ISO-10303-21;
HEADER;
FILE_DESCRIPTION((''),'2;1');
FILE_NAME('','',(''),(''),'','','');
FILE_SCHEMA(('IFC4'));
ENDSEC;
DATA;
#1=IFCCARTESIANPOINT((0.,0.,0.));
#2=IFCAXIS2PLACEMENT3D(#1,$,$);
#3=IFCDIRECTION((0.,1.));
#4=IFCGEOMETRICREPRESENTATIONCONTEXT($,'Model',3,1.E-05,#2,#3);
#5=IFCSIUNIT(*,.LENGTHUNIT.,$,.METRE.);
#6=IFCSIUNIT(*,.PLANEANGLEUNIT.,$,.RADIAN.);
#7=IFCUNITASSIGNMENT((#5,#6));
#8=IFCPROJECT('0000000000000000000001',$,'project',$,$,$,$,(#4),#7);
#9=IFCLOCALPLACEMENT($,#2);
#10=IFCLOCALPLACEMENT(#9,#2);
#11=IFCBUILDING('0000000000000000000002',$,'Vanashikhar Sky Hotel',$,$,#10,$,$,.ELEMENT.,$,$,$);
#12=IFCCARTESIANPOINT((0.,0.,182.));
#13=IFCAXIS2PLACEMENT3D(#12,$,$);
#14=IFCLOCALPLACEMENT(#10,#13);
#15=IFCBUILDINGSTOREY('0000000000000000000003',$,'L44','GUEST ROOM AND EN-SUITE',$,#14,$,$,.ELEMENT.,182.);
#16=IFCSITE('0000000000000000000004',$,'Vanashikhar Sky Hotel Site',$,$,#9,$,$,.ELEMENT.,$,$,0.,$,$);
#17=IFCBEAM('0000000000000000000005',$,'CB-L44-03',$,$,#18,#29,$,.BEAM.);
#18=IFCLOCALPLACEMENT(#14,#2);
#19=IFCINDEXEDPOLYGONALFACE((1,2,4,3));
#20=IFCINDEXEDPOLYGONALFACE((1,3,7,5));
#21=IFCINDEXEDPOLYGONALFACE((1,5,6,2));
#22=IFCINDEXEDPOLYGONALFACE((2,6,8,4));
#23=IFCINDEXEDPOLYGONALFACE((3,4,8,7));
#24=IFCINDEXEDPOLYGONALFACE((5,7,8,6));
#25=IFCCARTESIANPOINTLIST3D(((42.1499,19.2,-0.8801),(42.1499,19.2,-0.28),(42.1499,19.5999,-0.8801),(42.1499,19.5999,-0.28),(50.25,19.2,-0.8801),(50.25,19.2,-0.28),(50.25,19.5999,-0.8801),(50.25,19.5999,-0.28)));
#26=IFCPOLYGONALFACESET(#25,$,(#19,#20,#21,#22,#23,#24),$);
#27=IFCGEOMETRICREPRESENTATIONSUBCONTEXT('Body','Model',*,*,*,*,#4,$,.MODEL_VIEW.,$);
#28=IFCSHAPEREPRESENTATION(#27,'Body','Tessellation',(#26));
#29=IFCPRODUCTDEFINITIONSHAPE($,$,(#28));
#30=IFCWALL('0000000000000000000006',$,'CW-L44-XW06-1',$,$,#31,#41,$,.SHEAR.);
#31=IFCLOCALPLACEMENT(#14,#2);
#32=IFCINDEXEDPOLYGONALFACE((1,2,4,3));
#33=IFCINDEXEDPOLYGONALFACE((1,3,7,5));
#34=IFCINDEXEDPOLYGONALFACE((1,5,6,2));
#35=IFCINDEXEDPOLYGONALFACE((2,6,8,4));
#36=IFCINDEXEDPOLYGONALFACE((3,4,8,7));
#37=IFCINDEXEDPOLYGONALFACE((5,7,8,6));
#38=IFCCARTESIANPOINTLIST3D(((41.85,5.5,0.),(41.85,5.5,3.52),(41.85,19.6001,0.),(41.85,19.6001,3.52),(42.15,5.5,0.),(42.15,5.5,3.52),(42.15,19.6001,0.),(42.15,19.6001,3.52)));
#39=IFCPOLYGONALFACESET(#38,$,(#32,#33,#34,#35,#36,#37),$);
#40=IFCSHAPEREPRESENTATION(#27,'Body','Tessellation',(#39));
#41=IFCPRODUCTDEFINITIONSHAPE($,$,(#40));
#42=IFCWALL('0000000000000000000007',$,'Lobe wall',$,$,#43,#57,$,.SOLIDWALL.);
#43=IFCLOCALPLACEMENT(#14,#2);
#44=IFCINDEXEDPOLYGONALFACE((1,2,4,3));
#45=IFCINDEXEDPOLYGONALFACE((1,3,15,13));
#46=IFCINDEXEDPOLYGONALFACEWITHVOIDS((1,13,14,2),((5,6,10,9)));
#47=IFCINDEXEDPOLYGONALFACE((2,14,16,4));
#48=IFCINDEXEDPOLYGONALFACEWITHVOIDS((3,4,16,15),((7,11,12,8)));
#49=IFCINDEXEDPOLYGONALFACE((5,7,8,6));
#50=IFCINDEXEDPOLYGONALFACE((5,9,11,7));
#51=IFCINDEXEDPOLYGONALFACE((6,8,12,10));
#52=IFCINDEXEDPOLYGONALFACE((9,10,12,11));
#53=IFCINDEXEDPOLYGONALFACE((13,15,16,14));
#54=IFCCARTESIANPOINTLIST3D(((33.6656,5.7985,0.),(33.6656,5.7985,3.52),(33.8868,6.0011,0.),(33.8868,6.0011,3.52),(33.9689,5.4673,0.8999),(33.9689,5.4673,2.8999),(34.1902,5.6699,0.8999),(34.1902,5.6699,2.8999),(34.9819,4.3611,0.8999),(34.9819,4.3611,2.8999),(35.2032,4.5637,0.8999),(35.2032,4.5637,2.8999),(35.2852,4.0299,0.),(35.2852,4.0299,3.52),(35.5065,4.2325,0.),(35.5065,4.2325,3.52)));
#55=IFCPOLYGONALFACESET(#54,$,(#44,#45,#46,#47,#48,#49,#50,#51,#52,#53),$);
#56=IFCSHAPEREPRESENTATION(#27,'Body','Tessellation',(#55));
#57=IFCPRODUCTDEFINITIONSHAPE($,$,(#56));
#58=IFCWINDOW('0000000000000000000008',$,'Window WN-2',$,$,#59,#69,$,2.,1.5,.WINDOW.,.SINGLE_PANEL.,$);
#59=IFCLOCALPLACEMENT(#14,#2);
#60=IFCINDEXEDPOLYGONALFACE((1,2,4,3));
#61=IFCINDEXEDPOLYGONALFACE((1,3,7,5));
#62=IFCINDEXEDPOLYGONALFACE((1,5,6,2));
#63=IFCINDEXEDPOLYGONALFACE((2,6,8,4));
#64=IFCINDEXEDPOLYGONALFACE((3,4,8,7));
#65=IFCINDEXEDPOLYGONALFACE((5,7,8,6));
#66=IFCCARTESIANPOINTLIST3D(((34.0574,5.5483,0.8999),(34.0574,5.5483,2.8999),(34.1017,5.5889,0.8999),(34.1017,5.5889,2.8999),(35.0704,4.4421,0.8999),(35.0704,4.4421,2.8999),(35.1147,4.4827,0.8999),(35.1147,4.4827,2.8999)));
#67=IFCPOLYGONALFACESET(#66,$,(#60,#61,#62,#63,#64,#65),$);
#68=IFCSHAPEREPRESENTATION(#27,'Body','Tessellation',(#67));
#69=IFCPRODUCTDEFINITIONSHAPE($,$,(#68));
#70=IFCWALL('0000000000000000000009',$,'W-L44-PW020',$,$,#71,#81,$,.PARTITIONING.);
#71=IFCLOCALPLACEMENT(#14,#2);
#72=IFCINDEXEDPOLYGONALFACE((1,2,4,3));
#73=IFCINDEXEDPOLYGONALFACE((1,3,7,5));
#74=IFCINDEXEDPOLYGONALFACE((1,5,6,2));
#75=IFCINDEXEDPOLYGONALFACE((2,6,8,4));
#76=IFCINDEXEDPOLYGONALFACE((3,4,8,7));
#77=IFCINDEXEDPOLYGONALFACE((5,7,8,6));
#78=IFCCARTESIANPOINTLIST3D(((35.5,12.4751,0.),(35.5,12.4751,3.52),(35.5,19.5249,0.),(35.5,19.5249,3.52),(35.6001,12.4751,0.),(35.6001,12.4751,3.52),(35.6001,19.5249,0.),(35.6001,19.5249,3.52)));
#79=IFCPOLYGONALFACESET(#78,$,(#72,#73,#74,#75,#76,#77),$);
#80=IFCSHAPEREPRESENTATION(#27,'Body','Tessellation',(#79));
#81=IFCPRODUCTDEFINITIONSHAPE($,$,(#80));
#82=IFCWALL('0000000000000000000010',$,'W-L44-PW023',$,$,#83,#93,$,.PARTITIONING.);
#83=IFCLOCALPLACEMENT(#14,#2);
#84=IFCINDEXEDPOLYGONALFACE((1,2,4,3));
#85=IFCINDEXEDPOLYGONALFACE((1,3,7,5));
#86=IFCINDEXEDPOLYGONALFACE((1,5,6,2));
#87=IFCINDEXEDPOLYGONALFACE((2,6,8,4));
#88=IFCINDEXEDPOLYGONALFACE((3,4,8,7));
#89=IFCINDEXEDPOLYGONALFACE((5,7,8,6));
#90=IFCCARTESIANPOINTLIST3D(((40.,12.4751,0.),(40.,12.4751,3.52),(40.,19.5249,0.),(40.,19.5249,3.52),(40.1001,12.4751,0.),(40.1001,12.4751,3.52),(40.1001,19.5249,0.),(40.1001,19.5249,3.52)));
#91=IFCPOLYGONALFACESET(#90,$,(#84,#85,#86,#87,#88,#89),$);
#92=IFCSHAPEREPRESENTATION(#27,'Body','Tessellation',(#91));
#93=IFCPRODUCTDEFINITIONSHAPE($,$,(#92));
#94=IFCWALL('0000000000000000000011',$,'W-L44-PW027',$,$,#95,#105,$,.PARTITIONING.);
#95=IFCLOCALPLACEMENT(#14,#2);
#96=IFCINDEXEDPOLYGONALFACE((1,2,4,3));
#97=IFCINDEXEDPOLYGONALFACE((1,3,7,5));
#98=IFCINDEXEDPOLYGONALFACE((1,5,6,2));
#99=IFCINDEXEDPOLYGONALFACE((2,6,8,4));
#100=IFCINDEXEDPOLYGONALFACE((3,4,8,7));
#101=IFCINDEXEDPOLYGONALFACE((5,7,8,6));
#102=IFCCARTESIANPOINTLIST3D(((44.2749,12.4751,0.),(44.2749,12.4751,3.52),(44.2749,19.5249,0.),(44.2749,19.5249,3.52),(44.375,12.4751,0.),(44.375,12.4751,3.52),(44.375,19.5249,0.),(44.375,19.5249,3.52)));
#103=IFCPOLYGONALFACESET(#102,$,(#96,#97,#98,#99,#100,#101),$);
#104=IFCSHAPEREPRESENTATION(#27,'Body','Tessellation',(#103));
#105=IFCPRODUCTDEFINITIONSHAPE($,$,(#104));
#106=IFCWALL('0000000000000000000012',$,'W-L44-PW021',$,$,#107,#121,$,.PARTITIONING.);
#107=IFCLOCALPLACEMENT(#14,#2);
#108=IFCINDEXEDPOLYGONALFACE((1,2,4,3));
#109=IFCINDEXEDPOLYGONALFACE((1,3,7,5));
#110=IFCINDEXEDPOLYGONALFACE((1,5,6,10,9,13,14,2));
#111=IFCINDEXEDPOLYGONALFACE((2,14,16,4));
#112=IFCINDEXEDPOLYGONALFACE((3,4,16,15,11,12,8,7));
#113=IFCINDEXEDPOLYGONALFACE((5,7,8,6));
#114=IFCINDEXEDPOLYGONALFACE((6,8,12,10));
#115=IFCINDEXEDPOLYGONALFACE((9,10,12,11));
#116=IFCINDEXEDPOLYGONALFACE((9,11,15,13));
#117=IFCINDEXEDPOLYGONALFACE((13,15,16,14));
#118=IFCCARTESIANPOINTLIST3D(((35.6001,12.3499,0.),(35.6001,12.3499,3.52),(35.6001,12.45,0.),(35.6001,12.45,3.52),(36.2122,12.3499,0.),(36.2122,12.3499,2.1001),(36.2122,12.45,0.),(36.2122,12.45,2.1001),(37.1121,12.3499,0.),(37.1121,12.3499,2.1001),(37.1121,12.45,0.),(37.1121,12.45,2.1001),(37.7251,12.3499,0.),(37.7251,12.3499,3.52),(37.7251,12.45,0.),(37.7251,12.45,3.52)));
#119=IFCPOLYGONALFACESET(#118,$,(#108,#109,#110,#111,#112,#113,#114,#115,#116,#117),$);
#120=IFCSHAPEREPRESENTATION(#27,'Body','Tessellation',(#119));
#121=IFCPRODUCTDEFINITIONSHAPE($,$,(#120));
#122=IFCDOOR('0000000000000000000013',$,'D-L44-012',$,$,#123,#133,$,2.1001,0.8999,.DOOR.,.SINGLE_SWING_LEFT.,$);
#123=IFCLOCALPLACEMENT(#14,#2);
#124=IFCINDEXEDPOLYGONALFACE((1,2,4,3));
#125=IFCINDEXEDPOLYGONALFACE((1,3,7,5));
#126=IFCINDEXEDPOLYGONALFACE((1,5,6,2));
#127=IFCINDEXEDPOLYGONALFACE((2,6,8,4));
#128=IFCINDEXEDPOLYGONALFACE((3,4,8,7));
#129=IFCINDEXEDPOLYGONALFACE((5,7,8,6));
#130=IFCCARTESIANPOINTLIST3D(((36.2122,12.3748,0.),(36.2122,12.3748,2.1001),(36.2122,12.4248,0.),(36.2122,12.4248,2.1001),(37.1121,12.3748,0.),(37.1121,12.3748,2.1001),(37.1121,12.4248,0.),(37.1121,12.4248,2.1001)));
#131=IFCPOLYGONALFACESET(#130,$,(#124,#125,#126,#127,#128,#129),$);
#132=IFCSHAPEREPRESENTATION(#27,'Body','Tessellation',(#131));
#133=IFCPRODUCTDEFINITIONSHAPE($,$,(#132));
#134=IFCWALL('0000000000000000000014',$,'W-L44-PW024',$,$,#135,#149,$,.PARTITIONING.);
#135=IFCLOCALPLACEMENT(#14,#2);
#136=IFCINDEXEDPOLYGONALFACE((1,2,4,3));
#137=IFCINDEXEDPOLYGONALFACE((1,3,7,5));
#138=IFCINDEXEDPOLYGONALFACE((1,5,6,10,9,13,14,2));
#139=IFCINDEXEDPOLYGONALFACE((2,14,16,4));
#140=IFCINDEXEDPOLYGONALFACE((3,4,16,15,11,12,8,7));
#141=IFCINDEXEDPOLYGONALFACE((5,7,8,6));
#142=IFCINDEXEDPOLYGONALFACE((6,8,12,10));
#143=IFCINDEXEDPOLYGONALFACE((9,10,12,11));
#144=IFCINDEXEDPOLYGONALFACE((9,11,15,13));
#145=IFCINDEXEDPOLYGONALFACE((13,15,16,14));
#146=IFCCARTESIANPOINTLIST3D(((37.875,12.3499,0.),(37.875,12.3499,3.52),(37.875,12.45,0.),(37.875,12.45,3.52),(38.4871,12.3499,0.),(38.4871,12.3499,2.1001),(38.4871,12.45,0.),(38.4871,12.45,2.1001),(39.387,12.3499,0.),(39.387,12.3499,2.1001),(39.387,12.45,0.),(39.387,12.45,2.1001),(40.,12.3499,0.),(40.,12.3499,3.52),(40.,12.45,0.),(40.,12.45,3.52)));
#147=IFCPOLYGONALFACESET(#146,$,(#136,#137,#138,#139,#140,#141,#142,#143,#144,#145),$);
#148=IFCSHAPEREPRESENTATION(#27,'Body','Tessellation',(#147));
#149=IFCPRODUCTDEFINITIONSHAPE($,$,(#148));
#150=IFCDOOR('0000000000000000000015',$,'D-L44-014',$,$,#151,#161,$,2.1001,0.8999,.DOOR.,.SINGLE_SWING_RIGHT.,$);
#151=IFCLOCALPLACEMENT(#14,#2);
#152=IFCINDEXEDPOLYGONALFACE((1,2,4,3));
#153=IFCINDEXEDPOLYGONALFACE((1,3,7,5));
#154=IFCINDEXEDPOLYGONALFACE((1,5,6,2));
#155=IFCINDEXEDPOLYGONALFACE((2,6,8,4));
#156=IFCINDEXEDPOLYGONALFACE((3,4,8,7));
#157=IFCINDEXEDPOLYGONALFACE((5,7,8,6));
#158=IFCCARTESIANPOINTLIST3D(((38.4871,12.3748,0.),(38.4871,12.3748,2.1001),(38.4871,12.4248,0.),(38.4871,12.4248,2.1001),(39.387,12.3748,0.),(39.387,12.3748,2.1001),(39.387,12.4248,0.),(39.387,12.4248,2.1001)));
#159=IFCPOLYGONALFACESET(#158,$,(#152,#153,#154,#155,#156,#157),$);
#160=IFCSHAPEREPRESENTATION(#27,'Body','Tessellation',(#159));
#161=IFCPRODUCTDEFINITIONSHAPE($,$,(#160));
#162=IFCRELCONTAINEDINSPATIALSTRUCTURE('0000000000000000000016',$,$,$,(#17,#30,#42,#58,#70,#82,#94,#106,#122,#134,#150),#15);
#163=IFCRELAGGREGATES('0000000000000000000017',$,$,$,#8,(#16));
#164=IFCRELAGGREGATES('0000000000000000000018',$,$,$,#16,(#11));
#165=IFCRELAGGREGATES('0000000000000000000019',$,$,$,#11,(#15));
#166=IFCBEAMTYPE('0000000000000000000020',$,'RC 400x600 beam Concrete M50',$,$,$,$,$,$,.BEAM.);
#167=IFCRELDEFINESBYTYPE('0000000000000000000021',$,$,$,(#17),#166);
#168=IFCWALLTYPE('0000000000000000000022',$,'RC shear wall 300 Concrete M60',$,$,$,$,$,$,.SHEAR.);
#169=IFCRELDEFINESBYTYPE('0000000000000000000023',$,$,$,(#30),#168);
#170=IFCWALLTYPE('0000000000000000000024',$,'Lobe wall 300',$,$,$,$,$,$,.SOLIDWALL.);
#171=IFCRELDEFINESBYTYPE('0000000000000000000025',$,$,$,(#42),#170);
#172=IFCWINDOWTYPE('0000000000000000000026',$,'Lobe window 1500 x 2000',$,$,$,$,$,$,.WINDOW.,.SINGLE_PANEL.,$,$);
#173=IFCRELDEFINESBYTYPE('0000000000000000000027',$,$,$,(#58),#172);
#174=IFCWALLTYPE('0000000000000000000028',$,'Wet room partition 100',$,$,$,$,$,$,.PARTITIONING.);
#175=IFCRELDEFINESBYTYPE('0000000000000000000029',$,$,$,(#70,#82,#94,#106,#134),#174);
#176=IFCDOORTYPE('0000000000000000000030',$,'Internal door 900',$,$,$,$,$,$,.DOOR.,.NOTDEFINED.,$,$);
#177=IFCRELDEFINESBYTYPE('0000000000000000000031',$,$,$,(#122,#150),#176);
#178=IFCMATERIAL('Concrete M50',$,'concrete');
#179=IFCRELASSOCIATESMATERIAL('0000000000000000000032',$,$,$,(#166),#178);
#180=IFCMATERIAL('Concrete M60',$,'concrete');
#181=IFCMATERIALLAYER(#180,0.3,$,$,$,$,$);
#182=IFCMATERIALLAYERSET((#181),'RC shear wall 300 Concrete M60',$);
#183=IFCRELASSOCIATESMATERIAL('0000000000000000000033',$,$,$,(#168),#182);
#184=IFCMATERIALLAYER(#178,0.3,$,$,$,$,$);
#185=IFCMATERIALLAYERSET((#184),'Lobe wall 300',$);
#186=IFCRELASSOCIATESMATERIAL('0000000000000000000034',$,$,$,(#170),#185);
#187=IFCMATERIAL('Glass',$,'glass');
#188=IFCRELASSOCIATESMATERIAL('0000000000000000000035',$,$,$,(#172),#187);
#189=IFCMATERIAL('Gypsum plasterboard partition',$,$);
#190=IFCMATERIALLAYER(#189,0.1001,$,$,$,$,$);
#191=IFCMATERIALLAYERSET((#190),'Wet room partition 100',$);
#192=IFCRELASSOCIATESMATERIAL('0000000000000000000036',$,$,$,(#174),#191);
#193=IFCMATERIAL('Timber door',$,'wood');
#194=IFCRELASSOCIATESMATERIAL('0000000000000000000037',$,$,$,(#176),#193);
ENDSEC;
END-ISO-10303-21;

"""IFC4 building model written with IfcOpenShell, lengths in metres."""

from ifc_helpers import new_model, si_unit, direction, frame, frame_2d, origin, origin_2d, place, context, subcontext, project, spatial, rectangle, extrude, source, transform, mapped, material, layer, layer_set, material_profile, profile_set, type_object, element, fill, save


model = new_model("IFC4")

# Units and contexts
model_context = context("Model", 3, precision=1e-05, world=origin(), true_north=direction((0.0, 1.0)))
body_context = subcontext(model_context, "Body", "Model", "MODEL_VIEW")
ifc_project = project(units=[si_unit("LENGTHUNIT", "METRE"), si_unit("PLANEANGLEUNIT", "RADIAN")], contexts=[model_context])

# Site, building, storey
site_placement = place(None, origin())
site = spatial("IfcSite", under=ifc_project, at=site_placement, Name="Vanashikhar Sky Hotel Site", CompositionType="ELEMENT", RefElevation=0.0)
building_placement = place(site_placement, origin())
building = spatial("IfcBuilding", under=site, at=building_placement, Name="Vanashikhar Sky Hotel", CompositionType="ELEMENT")
storey_placement = place(building_placement, frame((0.0, 0.0, 182.0)))
storey = spatial("IfcBuildingStorey", under=building, at=storey_placement, Name="L44", Description="GUEST ROOM AND EN-SUITE", CompositionType="ELEMENT", Elevation=182.0)

# Beam
ifc_material_1 = material(Name="Concrete M50", Category="concrete")
ifc_material_profile = material_profile(ifc_material_1, rectangle(XDim=0.3999, YDim=0.6001, at=origin_2d()))
ifc_profile_set = profile_set([ifc_material_profile], Name="RC 400x600 beam Concrete M50")
beam_type = type_object("IfcBeamType", Name="RC 400x600 beam Concrete M50", PredefinedType="BEAM", material=ifc_profile_set)
shared_shape_1 = source(origin(), body_context, "Body", "SweptSolid", [
    extrude(rectangle(XDim=0.3999, YDim=0.6001, at=origin_2d()), origin(), (0.0, 0.0, 1.0), 8.1001),
])
beam_placement = place(storey_placement, frame((42.1499, 19.3999, -0.5801), z_axis=(1.0, 0.0, 0.0), x_axis=(0.0, 1.0, 0.0)))
element("IfcBeam", 1, at=beam_placement, inside=storey, type_object=beam_type, Name="CB-L44-03", PredefinedType="BEAM", context=body_context, shape_type="MappedRepresentation", body=[
    mapped(shared_shape_1, transform((0.0, 0.0, 0.0), scale=1.0)),
])

# Wall
ifc_material_2 = material(Name="Concrete M60", Category="concrete")
ifc_layer_1 = layer(ifc_material_2, 0.3)
ifc_layer_set_1 = layer_set([ifc_layer_1], Name="RC shear wall 300 Concrete M60")
wall_type_1 = type_object("IfcWallType", Name="RC shear wall 300 Concrete M60", PredefinedType="SHEAR", material=ifc_layer_set_1)
shared_shape_2 = source(origin(), body_context, "Body", "SweptSolid", [
    extrude(rectangle(XDim=14.1001, YDim=0.3, at=frame_2d((7.05, 0.0))), origin(), (0.0, 0.0, 1.0), 3.52),
])
wall_1_placement = place(storey_placement, frame((42.0, 5.5, 0.0), z_axis=(0.0, 0.0, 1.0), x_axis=(0.0, 1.0, 0.0)))
element("IfcWall", 2, at=wall_1_placement, inside=storey, type_object=wall_type_1, Name="CW-L44-XW06-1", PredefinedType="SHEAR", context=body_context, shape_type="MappedRepresentation", body=[
    mapped(shared_shape_2, transform((0.0, 0.0, 0.0), scale=1.0)),
])

# Wall, opening, window
ifc_layer_2 = layer(ifc_material_1, 0.3)
ifc_layer_set_2 = layer_set([ifc_layer_2], Name="Lobe wall 300")
wall_type_2 = type_object("IfcWallType", Name="Lobe wall 300", PredefinedType="SOLIDWALL", material=ifc_layer_set_2)
shared_shape_3 = source(origin(), body_context, "Body", "SweptSolid", [
    extrude(rectangle(XDim=2.3982, YDim=0.3, at=frame_2d((1.1992, 0.0))), origin(), (0.0, 0.0, 1.0), 3.52),
])
wall_2_placement = place(storey_placement, frame((33.7761, 5.8999, 0.0), z_axis=(0.0, 0.0, 1.0), x_axis=(0.675374, -0.737475, 0.0)))
wall_2 = element("IfcWall", 3, at=wall_2_placement, inside=storey, type_object=wall_type_2, Name="Lobe wall", PredefinedType="SOLIDWALL", context=body_context, shape_type="MappedRepresentation", body=[
    mapped(shared_shape_3, transform((0.0, 0.0, 0.0), scale=1.0)),
])
shared_shape_4 = source(origin(), body_context, "Body", "SweptSolid", [
    extrude(rectangle(XDim=1.5, YDim=2.0, at=frame_2d((0.75, 1.0))), frame((0.0, 0.1602, 0.0), z_axis=(0.0, -1.0, 0.0), x_axis=(1.0, 0.0, 0.0)), (0.0, 0.0, 1.0), 0.3201),
])
opening_1_placement = place(wall_2_placement, frame((0.4492, 0.0, 0.8999)))
opening_1 = element("IfcOpeningElement", 4, at=opening_1_placement, cuts=wall_2, PredefinedType="OPENING", context=body_context, shape_type="MappedRepresentation", body=[
    mapped(shared_shape_4, transform((0.0, 0.0, 0.0), scale=1.0)),
])
ifc_material_3 = material(Name="Glass", Category="glass")
window_type = type_object("IfcWindowType", Name="Lobe window 1500 x 2000", PartitioningType="SINGLE_PANEL", PredefinedType="WINDOW", material=ifc_material_3)
shared_shape_5 = source(origin(), body_context, "Body", "SweptSolid", [
    extrude(rectangle(XDim=1.5, YDim=2.0, at=frame_2d((0.75, 1.0))), frame((0.0, 0.03, 0.0), z_axis=(0.0, -1.0, 0.0), x_axis=(1.0, 0.0, 0.0)), (0.0, 0.0, 1.0), 0.0601),
])
window_placement = place(opening_1_placement, origin())
window = element("IfcWindow", 5, at=window_placement, inside=storey, type_object=window_type, Name="Window WN-2", OverallHeight=2.0, OverallWidth=1.5, PartitioningType="SINGLE_PANEL", PredefinedType="WINDOW", context=body_context, shape_type="MappedRepresentation", body=[
    mapped(shared_shape_5, transform((0.0, 0.0, 0.0), scale=1.0)),
])
fill(opening_1, window)

# Walls
ifc_material_4 = material(Name="Gypsum plasterboard partition")
ifc_layer_3 = layer(ifc_material_4, 0.1001)
ifc_layer_set_3 = layer_set([ifc_layer_3], Name="Wet room partition 100")
wall_type_3 = type_object("IfcWallType", Name="Wet room partition 100", PredefinedType="PARTITIONING", material=ifc_layer_set_3)
shared_shape_6 = source(origin(), body_context, "Body", "SweptSolid", [
    extrude(rectangle(XDim=7.0498, YDim=0.1001, at=frame_2d((3.5249, 0.0))), origin(), (0.0, 0.0, 1.0), 3.52),
])
for number, where, z_axis, x_axis, name in (
    (6, (35.55, 12.4751, 0.0), (0.0, 0.0, 1.0), (0.0, 1.0, 0.0), "W-L44-PW020"),
    (7, (40.05, 12.4751, 0.0), (0.0, 0.0, 1.0), (0.0, 1.0, 0.0), "W-L44-PW023"),
    (8, (44.325, 12.4751, 0.0), (0.0, 0.0, 1.0), (0.0, 1.0, 0.0), "W-L44-PW027"),
):
    element("IfcWall", number, at=place(storey_placement, frame(where, z_axis=z_axis, x_axis=x_axis)), inside=storey, type_object=wall_type_3, Name=name, PredefinedType="PARTITIONING", context=body_context, shape_type="MappedRepresentation", body=[
        mapped(shared_shape_6, transform((0.0, 0.0, 0.0), scale=1.0)),
    ])

# Walls, openings, doors
shared_shape_7 = source(origin(), body_context, "Body", "SweptSolid", [
    extrude(rectangle(XDim=2.125, YDim=0.1001, at=frame_2d((1.0625, 0.0))), origin(), (0.0, 0.0, 1.0), 3.52),
])
wall_3_placement = place(storey_placement, frame((35.6001, 12.3999, 0.0), z_axis=(0.0, 0.0, 1.0), x_axis=(1.0, 0.0, 0.0)))
wall_3 = element("IfcWall", 9, at=wall_3_placement, inside=storey, type_object=wall_type_3, Name="W-L44-PW021", PredefinedType="PARTITIONING", context=body_context, shape_type="MappedRepresentation", body=[
    mapped(shared_shape_7, transform((0.0, 0.0, 0.0), scale=1.0)),
])
shared_shape_8 = source(origin(), body_context, "Body", "SweptSolid", [
    extrude(rectangle(XDim=0.8999, YDim=2.1001, at=frame_2d((0.45, 1.05))), frame((0.0, 0.0601, 0.0), z_axis=(0.0, -1.0, 0.0), x_axis=(1.0, 0.0, 0.0)), (0.0, 0.0, 1.0), 0.1201),
])
opening_2_placement = place(wall_3_placement, frame((0.6121, 0.0, 0.0)))
opening_2 = element("IfcOpeningElement", 10, at=opening_2_placement, cuts=wall_3, PredefinedType="OPENING", context=body_context, shape_type="MappedRepresentation", body=[
    mapped(shared_shape_8, transform((0.0, 0.0, 0.0), scale=1.0)),
])
ifc_material_5 = material(Name="Timber door", Category="wood")
door_type_1 = type_object("IfcDoorType", Name="Internal door 900", OperationType="NOTDEFINED", PredefinedType="DOOR", material=ifc_material_5)
shared_shape_9 = source(origin(), body_context, "Body", "SweptSolid", [
    extrude(rectangle(XDim=0.8999, YDim=2.1001, at=frame_2d((0.45, 1.05))), frame((0.0, 0.0249, 0.0), z_axis=(0.0, -1.0, 0.0), x_axis=(1.0, 0.0, 0.0)), (0.0, 0.0, 1.0), 0.05),
])
door_1_placement = place(opening_2_placement, origin())
door_1 = element("IfcDoor", 11, at=door_1_placement, inside=storey, type_object=door_type_1, Name="D-L44-012", OperationType="SINGLE_SWING_LEFT", OverallHeight=2.1001, OverallWidth=0.8999, PredefinedType="DOOR", context=body_context, shape_type="MappedRepresentation", body=[
    mapped(shared_shape_9, transform((0.0, 0.0, 0.0), scale=1.0)),
])
fill(opening_2, door_1)
wall_4_placement = place(storey_placement, frame((37.875, 12.3999, 0.0), z_axis=(0.0, 0.0, 1.0), x_axis=(1.0, 0.0, 0.0)))
wall_4 = element("IfcWall", 12, at=wall_4_placement, inside=storey, type_object=wall_type_3, Name="W-L44-PW024", PredefinedType="PARTITIONING", context=body_context, shape_type="MappedRepresentation", body=[
    mapped(shared_shape_7, transform((0.0, 0.0, 0.0), scale=1.0)),
])
opening_3_placement = place(wall_4_placement, frame((0.6121, 0.0, 0.0)))
opening_3 = element("IfcOpeningElement", 13, at=opening_3_placement, cuts=wall_4, PredefinedType="OPENING", context=body_context, shape_type="MappedRepresentation", body=[
    mapped(shared_shape_8, transform((0.0, 0.0, 0.0), scale=1.0)),
])
door_2_placement = place(opening_3_placement, origin())
door_2 = element("IfcDoor", 14, at=door_2_placement, inside=storey, type_object=door_type_1, Name="D-L44-014", OperationType="SINGLE_SWING_RIGHT", OverallHeight=2.1001, OverallWidth=0.8999, PredefinedType="DOOR", context=body_context, shape_type="MappedRepresentation", body=[
    mapped(shared_shape_9, transform((0.0, 0.0, 0.0), scale=1.0)),
])
fill(opening_3, door_2)

save(model, "model.ifc")
